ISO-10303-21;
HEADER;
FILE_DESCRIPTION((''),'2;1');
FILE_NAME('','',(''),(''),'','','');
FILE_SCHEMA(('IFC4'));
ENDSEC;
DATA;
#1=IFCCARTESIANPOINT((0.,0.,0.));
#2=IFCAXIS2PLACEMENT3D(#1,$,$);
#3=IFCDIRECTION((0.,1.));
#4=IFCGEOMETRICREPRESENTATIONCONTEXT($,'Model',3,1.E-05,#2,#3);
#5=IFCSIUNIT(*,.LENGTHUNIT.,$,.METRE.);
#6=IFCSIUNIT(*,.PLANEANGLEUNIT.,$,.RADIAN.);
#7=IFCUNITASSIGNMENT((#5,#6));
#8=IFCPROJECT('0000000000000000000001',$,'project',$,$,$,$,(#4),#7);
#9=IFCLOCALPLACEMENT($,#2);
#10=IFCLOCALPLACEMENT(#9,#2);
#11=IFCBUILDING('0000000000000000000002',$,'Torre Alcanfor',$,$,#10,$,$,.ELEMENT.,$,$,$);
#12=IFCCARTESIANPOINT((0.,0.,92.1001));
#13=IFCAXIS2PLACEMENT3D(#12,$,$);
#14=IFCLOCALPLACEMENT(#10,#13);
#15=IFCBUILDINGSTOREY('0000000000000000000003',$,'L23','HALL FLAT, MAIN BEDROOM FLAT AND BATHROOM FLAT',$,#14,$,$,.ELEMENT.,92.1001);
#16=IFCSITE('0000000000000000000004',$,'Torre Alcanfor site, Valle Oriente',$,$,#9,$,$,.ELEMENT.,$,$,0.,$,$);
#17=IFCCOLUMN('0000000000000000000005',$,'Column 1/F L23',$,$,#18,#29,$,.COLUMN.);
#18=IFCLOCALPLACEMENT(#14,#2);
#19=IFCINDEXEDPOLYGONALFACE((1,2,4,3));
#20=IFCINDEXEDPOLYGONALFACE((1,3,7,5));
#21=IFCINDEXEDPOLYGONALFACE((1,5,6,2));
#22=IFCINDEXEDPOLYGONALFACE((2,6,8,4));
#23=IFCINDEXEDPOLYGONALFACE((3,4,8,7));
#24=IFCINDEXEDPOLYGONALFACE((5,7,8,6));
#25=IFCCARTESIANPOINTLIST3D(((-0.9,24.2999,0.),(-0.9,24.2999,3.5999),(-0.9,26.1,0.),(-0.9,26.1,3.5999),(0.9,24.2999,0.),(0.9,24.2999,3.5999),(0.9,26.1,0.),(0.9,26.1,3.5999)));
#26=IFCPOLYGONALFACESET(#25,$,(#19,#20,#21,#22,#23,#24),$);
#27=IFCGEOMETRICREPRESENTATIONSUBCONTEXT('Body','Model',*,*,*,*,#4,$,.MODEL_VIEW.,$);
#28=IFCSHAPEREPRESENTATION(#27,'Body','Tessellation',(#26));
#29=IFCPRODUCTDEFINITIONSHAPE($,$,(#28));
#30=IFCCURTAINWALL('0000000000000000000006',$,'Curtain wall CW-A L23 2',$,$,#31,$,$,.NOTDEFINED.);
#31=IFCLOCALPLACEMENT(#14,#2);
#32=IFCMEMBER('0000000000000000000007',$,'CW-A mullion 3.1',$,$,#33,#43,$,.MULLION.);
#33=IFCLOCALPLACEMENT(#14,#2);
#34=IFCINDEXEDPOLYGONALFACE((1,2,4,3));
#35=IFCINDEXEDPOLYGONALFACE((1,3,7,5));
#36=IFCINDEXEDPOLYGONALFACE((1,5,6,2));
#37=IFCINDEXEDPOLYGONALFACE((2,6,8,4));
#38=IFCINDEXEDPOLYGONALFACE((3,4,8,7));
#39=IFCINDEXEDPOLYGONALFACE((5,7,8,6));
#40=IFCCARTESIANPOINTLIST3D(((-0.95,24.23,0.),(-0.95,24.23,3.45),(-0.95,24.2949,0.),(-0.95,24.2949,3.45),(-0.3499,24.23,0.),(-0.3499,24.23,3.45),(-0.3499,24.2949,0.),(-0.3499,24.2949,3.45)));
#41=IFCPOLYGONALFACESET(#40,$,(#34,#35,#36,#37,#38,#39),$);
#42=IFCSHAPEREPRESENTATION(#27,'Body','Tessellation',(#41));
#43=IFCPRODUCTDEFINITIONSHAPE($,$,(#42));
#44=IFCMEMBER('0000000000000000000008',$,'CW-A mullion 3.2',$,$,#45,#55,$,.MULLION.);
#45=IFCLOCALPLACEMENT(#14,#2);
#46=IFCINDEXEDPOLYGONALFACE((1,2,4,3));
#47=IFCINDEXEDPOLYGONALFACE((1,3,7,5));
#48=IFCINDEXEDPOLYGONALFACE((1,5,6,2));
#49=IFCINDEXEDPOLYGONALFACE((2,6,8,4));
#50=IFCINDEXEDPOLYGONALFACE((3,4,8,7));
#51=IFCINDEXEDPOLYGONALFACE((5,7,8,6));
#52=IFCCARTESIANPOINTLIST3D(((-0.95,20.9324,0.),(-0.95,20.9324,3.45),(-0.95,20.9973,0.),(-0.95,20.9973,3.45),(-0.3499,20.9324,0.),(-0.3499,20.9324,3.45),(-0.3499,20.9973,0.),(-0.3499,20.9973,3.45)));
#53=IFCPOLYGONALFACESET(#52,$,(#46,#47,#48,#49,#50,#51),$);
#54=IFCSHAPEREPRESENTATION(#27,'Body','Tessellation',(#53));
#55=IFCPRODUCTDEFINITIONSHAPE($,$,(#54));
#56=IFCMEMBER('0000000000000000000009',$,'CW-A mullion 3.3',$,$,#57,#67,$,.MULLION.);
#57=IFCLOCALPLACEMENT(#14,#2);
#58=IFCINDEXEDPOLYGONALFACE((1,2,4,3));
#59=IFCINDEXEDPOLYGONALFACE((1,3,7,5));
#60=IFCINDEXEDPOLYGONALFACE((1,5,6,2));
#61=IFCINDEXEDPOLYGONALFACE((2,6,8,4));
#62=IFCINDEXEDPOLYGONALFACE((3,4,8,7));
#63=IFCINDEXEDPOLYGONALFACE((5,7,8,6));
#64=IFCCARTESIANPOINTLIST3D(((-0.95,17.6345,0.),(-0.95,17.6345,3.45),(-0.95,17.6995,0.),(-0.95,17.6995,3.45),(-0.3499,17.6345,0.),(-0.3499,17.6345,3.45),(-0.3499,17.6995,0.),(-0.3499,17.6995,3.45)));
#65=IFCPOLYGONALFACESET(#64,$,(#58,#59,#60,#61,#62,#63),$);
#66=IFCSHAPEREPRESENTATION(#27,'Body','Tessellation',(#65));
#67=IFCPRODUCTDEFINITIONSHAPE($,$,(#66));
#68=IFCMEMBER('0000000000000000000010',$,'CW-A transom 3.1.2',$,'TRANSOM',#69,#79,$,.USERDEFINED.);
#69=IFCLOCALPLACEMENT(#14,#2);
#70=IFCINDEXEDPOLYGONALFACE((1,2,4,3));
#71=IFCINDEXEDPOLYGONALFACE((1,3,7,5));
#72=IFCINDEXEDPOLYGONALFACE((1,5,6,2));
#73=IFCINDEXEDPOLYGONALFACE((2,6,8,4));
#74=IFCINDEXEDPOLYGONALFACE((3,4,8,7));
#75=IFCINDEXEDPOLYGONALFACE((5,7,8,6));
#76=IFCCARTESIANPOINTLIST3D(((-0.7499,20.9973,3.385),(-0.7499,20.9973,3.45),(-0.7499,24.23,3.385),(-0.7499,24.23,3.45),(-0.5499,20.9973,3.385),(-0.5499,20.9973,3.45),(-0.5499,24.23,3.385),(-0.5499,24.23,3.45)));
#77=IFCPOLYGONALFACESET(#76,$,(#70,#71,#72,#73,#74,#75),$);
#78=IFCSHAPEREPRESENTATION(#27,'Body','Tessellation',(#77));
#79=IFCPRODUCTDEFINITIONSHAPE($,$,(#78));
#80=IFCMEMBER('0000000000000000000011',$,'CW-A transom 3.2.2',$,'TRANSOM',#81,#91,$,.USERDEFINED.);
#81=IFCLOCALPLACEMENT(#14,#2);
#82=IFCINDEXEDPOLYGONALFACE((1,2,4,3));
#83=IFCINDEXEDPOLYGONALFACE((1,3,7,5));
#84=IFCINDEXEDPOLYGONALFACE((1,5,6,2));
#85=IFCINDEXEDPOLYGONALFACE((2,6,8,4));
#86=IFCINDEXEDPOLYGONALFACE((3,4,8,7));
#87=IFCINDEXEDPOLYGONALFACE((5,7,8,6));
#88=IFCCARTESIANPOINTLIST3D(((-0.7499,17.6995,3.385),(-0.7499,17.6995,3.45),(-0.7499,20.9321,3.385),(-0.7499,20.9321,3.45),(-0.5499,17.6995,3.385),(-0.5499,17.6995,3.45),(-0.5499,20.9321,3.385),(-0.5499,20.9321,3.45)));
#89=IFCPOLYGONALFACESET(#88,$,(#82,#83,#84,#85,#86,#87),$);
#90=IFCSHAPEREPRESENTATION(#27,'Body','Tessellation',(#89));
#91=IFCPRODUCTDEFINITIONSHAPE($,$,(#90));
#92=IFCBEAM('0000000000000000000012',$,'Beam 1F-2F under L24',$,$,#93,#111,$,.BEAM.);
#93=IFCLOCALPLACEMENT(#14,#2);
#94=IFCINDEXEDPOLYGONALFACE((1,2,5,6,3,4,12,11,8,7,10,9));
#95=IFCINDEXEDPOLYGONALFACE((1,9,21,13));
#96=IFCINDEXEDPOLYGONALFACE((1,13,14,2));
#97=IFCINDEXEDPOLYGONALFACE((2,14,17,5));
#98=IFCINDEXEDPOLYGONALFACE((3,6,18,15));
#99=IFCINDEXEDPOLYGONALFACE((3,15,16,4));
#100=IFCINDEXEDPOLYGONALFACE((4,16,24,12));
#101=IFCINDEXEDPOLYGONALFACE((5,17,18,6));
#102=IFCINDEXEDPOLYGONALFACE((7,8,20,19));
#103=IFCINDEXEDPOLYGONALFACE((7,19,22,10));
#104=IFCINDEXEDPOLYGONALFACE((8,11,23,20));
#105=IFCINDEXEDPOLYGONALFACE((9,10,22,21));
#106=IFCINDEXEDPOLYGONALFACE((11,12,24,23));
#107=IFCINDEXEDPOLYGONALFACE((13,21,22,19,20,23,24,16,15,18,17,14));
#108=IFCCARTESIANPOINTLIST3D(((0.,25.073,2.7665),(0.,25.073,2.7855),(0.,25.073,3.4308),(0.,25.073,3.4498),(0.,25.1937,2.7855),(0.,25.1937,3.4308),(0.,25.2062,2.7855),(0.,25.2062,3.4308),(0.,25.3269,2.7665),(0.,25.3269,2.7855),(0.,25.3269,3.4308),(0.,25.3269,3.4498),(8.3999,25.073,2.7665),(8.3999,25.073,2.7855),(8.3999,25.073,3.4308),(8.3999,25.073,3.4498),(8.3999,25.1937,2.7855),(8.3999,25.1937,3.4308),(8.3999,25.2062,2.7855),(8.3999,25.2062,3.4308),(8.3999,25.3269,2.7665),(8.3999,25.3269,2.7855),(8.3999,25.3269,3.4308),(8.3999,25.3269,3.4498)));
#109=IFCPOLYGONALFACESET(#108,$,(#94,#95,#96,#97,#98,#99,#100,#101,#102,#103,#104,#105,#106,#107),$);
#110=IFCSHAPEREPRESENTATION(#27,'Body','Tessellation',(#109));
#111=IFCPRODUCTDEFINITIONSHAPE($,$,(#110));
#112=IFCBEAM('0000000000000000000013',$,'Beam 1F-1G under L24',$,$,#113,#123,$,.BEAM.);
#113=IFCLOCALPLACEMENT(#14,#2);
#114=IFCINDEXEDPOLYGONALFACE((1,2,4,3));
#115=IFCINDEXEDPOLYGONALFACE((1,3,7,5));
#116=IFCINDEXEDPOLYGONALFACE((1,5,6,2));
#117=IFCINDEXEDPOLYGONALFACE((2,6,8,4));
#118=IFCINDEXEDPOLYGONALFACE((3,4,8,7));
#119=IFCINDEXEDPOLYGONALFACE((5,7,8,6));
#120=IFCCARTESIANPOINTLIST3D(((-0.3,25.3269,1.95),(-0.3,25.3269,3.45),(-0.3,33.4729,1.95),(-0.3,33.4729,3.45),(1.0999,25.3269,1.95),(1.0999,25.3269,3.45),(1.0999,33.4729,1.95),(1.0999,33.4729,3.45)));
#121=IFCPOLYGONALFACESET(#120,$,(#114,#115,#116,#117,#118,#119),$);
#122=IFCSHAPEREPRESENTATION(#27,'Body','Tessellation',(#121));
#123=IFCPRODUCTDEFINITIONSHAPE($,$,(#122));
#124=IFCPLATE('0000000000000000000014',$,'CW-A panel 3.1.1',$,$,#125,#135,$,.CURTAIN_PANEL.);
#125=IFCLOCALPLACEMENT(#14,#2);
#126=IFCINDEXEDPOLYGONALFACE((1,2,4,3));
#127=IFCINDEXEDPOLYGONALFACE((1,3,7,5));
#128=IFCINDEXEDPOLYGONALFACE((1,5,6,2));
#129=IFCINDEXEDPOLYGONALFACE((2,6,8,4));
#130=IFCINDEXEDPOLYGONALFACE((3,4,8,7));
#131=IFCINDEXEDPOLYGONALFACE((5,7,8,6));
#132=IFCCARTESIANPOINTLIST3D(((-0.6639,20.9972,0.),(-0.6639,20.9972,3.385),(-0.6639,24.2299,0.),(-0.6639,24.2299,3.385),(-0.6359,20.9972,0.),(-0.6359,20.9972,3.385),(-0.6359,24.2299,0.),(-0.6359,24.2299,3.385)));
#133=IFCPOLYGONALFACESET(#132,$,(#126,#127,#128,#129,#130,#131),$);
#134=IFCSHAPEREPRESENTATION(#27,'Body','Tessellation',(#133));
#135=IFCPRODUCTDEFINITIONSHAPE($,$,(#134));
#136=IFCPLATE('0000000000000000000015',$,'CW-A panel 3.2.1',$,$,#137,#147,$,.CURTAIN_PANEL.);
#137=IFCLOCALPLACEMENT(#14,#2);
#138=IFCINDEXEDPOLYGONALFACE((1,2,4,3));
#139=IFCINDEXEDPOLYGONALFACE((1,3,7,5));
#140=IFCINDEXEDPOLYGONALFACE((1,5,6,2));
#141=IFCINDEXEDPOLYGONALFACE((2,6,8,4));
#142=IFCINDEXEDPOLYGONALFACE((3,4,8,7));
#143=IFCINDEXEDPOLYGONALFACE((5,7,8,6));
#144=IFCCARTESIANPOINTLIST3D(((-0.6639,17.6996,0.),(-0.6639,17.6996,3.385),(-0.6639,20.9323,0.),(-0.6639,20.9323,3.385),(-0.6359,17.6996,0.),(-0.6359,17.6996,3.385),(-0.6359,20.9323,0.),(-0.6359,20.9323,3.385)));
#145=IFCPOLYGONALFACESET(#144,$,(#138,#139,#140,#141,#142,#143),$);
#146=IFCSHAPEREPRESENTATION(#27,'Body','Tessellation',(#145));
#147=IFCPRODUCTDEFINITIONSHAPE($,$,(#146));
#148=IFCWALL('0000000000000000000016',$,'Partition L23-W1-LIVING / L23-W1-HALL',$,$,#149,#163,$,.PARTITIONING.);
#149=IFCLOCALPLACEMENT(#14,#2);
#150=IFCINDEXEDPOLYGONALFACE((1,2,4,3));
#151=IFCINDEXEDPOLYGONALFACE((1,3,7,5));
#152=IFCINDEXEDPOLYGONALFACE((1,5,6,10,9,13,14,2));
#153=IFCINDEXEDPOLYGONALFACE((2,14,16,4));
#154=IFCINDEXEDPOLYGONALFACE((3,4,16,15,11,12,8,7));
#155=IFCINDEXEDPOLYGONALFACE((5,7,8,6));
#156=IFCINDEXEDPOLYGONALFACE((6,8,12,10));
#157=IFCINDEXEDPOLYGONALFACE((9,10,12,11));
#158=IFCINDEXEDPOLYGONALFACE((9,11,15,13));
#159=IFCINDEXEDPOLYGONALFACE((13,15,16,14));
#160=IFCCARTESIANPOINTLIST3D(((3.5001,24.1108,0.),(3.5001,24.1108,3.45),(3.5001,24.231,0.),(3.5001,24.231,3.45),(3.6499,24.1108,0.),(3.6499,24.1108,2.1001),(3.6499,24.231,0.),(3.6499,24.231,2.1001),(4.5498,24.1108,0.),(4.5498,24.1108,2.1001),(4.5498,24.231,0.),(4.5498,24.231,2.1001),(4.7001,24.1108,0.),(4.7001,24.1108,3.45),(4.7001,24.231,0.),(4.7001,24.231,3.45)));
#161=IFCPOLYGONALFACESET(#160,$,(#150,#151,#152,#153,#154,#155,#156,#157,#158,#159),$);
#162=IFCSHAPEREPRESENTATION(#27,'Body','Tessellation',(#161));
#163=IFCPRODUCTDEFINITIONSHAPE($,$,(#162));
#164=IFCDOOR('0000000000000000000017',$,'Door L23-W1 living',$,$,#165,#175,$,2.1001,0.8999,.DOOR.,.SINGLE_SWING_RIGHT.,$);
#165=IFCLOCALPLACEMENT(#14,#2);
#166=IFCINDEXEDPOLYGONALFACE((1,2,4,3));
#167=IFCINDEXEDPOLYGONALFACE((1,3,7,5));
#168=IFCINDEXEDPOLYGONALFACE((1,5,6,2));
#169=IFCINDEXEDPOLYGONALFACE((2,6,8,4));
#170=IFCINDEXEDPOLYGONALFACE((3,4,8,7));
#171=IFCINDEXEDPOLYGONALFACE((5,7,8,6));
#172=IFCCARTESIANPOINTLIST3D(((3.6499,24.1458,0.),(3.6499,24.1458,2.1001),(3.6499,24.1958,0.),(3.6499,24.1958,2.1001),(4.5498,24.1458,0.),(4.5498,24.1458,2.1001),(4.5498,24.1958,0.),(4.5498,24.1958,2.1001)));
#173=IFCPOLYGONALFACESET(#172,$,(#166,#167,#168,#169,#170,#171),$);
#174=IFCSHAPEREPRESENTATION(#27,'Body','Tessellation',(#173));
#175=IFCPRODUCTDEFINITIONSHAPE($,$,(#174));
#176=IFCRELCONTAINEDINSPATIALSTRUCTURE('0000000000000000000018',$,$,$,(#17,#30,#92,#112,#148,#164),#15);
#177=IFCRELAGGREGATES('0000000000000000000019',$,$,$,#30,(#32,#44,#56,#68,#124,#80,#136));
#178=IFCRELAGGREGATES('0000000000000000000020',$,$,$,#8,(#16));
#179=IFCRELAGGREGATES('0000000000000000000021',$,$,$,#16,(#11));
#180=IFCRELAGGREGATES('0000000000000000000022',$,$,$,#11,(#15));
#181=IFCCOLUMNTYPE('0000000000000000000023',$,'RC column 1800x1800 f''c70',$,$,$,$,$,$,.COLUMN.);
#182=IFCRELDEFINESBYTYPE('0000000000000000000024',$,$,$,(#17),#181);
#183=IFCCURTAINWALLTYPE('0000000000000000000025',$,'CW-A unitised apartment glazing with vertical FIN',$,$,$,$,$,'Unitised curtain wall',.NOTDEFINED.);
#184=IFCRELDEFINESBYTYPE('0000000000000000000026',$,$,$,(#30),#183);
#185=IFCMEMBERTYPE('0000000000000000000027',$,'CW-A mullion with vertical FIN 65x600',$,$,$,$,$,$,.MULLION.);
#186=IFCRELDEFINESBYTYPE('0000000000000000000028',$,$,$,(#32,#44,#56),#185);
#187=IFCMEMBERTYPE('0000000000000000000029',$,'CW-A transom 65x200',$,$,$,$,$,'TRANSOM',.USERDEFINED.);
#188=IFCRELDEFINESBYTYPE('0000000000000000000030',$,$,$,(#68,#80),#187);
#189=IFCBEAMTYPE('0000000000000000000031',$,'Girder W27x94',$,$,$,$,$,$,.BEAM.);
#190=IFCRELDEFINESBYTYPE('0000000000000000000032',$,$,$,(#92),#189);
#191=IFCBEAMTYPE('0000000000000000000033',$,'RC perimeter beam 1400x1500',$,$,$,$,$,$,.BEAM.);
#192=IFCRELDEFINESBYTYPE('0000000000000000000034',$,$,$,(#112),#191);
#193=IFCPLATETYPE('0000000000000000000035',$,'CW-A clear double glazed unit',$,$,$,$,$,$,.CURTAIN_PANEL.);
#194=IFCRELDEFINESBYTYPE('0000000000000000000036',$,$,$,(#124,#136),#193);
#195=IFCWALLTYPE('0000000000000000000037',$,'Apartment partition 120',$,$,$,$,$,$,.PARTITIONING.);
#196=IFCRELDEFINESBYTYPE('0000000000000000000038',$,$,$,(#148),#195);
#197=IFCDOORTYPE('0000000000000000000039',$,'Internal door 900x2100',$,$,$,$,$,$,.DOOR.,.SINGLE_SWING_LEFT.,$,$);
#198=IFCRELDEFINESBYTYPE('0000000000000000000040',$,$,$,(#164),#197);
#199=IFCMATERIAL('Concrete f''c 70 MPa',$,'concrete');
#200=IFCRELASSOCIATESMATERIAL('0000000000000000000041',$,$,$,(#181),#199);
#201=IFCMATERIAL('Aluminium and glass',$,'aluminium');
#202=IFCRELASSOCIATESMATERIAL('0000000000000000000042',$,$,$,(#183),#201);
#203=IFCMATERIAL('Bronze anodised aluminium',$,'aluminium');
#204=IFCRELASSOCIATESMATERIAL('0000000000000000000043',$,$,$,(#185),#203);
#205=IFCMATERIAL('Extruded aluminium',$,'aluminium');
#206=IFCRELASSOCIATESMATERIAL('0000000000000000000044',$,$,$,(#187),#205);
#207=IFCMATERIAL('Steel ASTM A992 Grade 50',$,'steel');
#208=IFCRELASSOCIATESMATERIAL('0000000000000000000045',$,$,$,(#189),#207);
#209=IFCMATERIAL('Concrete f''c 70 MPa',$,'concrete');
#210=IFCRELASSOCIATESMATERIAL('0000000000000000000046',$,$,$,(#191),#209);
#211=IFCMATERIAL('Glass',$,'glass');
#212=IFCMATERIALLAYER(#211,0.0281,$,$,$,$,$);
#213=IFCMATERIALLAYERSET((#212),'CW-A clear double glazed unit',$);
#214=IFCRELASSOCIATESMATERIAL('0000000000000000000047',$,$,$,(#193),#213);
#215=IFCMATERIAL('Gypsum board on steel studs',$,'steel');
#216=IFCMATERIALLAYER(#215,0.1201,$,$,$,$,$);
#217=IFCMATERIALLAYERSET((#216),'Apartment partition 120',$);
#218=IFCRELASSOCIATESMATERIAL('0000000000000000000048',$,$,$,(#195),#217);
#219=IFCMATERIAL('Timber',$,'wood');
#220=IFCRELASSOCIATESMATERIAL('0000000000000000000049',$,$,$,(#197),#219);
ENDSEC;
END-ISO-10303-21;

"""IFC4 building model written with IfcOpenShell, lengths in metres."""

from ifc_helpers import new_model, si_unit, direction, frame, frame_2d, origin, origin_2d, place, context, subcontext, project, spatial, rectangle, i_section, extrude, material, layer, layer_set, material_profile, profile_set, type_object, element, fill, aggregate, save


model = new_model("IFC4")

# Units and contexts
model_context = context("Model", 3, precision=1e-05, world=origin(), true_north=direction((0.0, 1.0)))
body_context = subcontext(model_context, "Body", "Model", "MODEL_VIEW")
ifc_project = project(units=[si_unit("LENGTHUNIT", "METRE"), si_unit("PLANEANGLEUNIT", "RADIAN")], contexts=[model_context])

# Site, building, storey
site_placement = place(None, origin())
site = spatial("IfcSite", under=ifc_project, at=site_placement, Name="Torre Alcanfor site, Valle Oriente", CompositionType="ELEMENT", RefElevation=0.0)
building_placement = place(site_placement, origin())
building = spatial("IfcBuilding", under=site, at=building_placement, Name="Torre Alcanfor", CompositionType="ELEMENT")
storey_placement = place(building_placement, frame((0.0, 0.0, 92.1001)))
storey = spatial("IfcBuildingStorey", under=building, at=storey_placement, Name="L23", Description="HALL FLAT, MAIN BEDROOM FLAT AND BATHROOM FLAT", CompositionType="ELEMENT", Elevation=92.1001)

# Column
ifc_material_1 = material(Name="Concrete f'c 70 MPa", Category="concrete")
ifc_material_profile_1 = material_profile(ifc_material_1, rectangle(XDim=1.8, YDim=1.8, at=origin_2d()), Name="1800x1800")
ifc_profile_set_1 = profile_set([ifc_material_profile_1], Name="Concrete f'c 70 MPa")
column_type = type_object("IfcColumnType", Name="RC column 1800x1800 f'c70", PredefinedType="COLUMN", material=ifc_profile_set_1)
column_placement = place(storey_placement, frame((0.0, 25.2, 0.0), z_axis=(0.0, 0.0, 1.0), x_axis=(1.0, 0.0, 0.0)))
element("IfcColumn", 1, at=column_placement, inside=storey, type_object=column_type, Name="Column 1/F L23", PredefinedType="COLUMN", context=body_context, shape_type="SweptSolid", body=[
    extrude(rectangle(XDim=1.8, YDim=1.8, at=origin_2d()), origin(), (0.0, 0.0, 1.0), 3.5999),
])

# Curtain wall, members
ifc_material_2 = material(Name="Aluminium and glass", Category="aluminium")
curtain_wall_type = type_object("IfcCurtainWallType", Name="CW-A unitised apartment glazing with vertical FIN", ElementType="Unitised curtain wall", PredefinedType="NOTDEFINED", material=ifc_material_2)
curtain_wall_placement = place(storey_placement, origin())
curtain_wall = element("IfcCurtainWall", 2, at=curtain_wall_placement, inside=storey, type_object=curtain_wall_type, Name="Curtain wall CW-A L23 2", PredefinedType="NOTDEFINED")
ifc_material_3 = material(Name="Bronze anodised aluminium", Category="aluminium")
ifc_material_profile_2 = material_profile(ifc_material_3, rectangle(XDim=0.6001, YDim=0.0649, at=origin_2d()), Name="CW-A mullion 65x600")
ifc_profile_set_2 = profile_set([ifc_material_profile_2], Name="Bronze anodised aluminium")
member_type_1 = type_object("IfcMemberType", Name="CW-A mullion with vertical FIN 65x600", PredefinedType="MULLION", material=ifc_profile_set_2)
member_1_placement = place(storey_placement, frame((-0.6499, 24.2625, 0.0), z_axis=(0.0, 0.0, 1.0), x_axis=(1.0, 0.0, 0.0)))
member_1 = element("IfcMember", 3, at=member_1_placement, type_object=member_type_1, Name="CW-A mullion 3.1", PredefinedType="MULLION", context=body_context, shape_type="SweptSolid", body=[
    extrude(rectangle(XDim=0.6001, YDim=0.0649, at=origin_2d()), origin(), (0.0, 0.0, 1.0), 3.45),
])
member_2_placement = place(storey_placement, frame((-0.6499, 20.9648, 0.0), z_axis=(0.0, 0.0, 1.0), x_axis=(1.0, 0.0, 0.0)))
member_2 = element("IfcMember", 4, at=member_2_placement, type_object=member_type_1, Name="CW-A mullion 3.2", PredefinedType="MULLION", context=body_context, shape_type="SweptSolid", body=[
    extrude(rectangle(XDim=0.6001, YDim=0.0649, at=origin_2d()), origin(), (0.0, 0.0, 1.0), 3.45),
])
member_3_placement = place(storey_placement, frame((-0.6499, 17.667, 0.0), z_axis=(0.0, 0.0, 1.0), x_axis=(1.0, 0.0, 0.0)))
member_3 = element("IfcMember", 5, at=member_3_placement, type_object=member_type_1, Name="CW-A mullion 3.3", PredefinedType="MULLION", context=body_context, shape_type="SweptSolid", body=[
    extrude(rectangle(XDim=0.6001, YDim=0.0649, at=origin_2d()), origin(), (0.0, 0.0, 1.0), 3.45),
])
ifc_material_4 = material(Name="Extruded aluminium", Category="aluminium")
ifc_material_profile_3 = material_profile(ifc_material_4, rectangle(XDim=0.2, YDim=0.0649, at=origin_2d()), Name="CW-A transom 200x65")
ifc_profile_set_3 = profile_set([ifc_material_profile_3], Name="Extruded aluminium")
member_type_2 = type_object("IfcMemberType", Name="CW-A transom 65x200", ElementType="TRANSOM", PredefinedType="USERDEFINED", material=ifc_profile_set_3)
member_4_placement = place(storey_placement, frame((-0.6499, 24.23, 3.4175), z_axis=(0.0, -1.0, 0.0), x_axis=(1.0, 0.0, 0.0)))
member_4 = element("IfcMember", 6, at=member_4_placement, type_object=member_type_2, Name="CW-A transom 3.1.2", ObjectType="TRANSOM", PredefinedType="USERDEFINED", context=body_context, shape_type="SweptSolid", body=[
    extrude(rectangle(XDim=0.2, YDim=0.0649, at=origin_2d()), origin(), (0.0, 0.0, 1.0), 3.2327),
])
member_5_placement = place(storey_placement, frame((-0.6499, 20.9321, 3.4175), z_axis=(0.0, -1.0, 0.0), x_axis=(1.0, 0.0, 0.0)))
member_5 = element("IfcMember", 7, at=member_5_placement, type_object=member_type_2, Name="CW-A transom 3.2.2", ObjectType="TRANSOM", PredefinedType="USERDEFINED", context=body_context, shape_type="SweptSolid", body=[
    extrude(rectangle(XDim=0.2, YDim=0.0649, at=origin_2d()), origin(), (0.0, 0.0, 1.0), 3.2327),
])

# Beams
ifc_material_5 = material(Name="Steel ASTM A992 Grade 50", Category="steel")
ifc_material_profile_4 = material_profile(ifc_material_5, i_section(OverallWidth=0.2539, OverallDepth=0.6833, WebThickness=0.0125, FlangeThickness=0.019, at=origin_2d()), Name="W27x94")
ifc_profile_set_4 = profile_set([ifc_material_profile_4], Name="Steel ASTM A992 Grade 50")
beam_type_1 = type_object("IfcBeamType", Name="Girder W27x94", PredefinedType="BEAM", material=ifc_profile_set_4)
beam_1_placement = place(storey_placement, frame((0.0, 25.2, 3.1082), z_axis=(1.0, 0.0, 0.0), x_axis=(0.0, 1.0, 0.0)))
element("IfcBeam", 8, at=beam_1_placement, inside=storey, type_object=beam_type_1, Name="Beam 1F-2F under L24", PredefinedType="BEAM", context=body_context, shape_type="SweptSolid", body=[
    extrude(i_section(OverallWidth=0.2539, OverallDepth=0.6833, WebThickness=0.0125, FlangeThickness=0.019, at=origin_2d()), origin(), (0.0, 0.0, 1.0), 8.3999),
])
ifc_material_6 = material(Name="Concrete f'c 70 MPa", Category="concrete")
ifc_material_profile_5 = material_profile(ifc_material_6, rectangle(XDim=1.3999, YDim=1.5, at=origin_2d()), Name="1400x1500")
ifc_profile_set_5 = profile_set([ifc_material_profile_5], Name="Concrete f'c 70 MPa")
beam_type_2 = type_object("IfcBeamType", Name="RC perimeter beam 1400x1500", PredefinedType="BEAM", material=ifc_profile_set_5)
beam_2_placement = place(storey_placement, frame((0.3999, 25.3269, 2.7), z_axis=(0.0, 1.0, 0.0), x_axis=(-1.0, 0.0, 0.0)))
element("IfcBeam", 9, at=beam_2_placement, inside=storey, type_object=beam_type_2, Name="Beam 1F-1G under L24", PredefinedType="BEAM", context=body_context, shape_type="SweptSolid", body=[
    extrude(rectangle(XDim=1.3999, YDim=1.5, at=origin_2d()), origin(), (0.0, 0.0, 1.0), 8.146),
])

# Plates
ifc_material_7 = material(Name="Glass", Category="glass")
ifc_layer_1 = layer(ifc_material_7, 0.0281)
ifc_layer_set_1 = layer_set([ifc_layer_1], Name="CW-A clear double glazed unit")
plate_type = type_object("IfcPlateType", Name="CW-A clear double glazed unit", PredefinedType="CURTAIN_PANEL", material=ifc_layer_set_1)
plate_1_placement = place(storey_placement, frame((-0.6499, 22.6135, 0.0), z_axis=(0.0, 0.0, 1.0), x_axis=(0.0, -1.0, 0.0)))
plate_1 = element("IfcPlate", 10, at=plate_1_placement, type_object=plate_type, Name="CW-A panel 3.1.1", PredefinedType="CURTAIN_PANEL", context=body_context, shape_type="SweptSolid", body=[
    extrude(rectangle(XDim=3.2327, YDim=0.0281, at=origin_2d()), origin(), (0.0, 0.0, 1.0), 3.385),
])
plate_2_placement = place(storey_placement, frame((-0.6499, 19.3159, 0.0), z_axis=(0.0, 0.0, 1.0), x_axis=(0.0, -1.0, 0.0)))
plate_2 = element("IfcPlate", 11, at=plate_2_placement, type_object=plate_type, Name="CW-A panel 3.2.1", PredefinedType="CURTAIN_PANEL", context=body_context, shape_type="SweptSolid", body=[
    extrude(rectangle(XDim=3.2327, YDim=0.0281, at=origin_2d()), origin(), (0.0, 0.0, 1.0), 3.385),
])
aggregate(curtain_wall, [member_1, member_2, member_3, member_4, plate_1, member_5, plate_2])

# Wall, opening, door
ifc_material_8 = material(Name="Gypsum board on steel studs", Category="steel")
ifc_layer_2 = layer(ifc_material_8, 0.1201)
ifc_layer_set_2 = layer_set([ifc_layer_2], Name="Apartment partition 120")
wall_type = type_object("IfcWallType", Name="Apartment partition 120", PredefinedType="PARTITIONING", material=ifc_layer_set_2)
wall_1_placement = place(storey_placement, frame((3.5, 24.1709, 0.0), z_axis=(0.0, 0.0, 1.0), x_axis=(1.0, 0.0, 0.0)))
wall_1 = element("IfcWall", 12, at=wall_1_placement, inside=storey, type_object=wall_type, Name="Partition L23-W1-LIVING / L23-W1-HALL", PredefinedType="PARTITIONING", context=body_context, shape_type="SweptSolid", body=[
    extrude(rectangle(XDim=1.2, YDim=0.1201, at=frame_2d((0.6001, 0.0))), origin(), (0.0, 0.0, 1.0), 3.45),
])
opening_1_placement = place(wall_1_placement, frame((0.1499, 0.0, 0.0)))
opening_1 = element("IfcOpeningElement", 13, at=opening_1_placement, cuts=wall_1, PredefinedType="OPENING", context=body_context, shape_type="SweptSolid", body=[
    extrude(rectangle(XDim=0.8999, YDim=2.1001, at=frame_2d((0.45, 1.05))), frame((0.0, 0.0701, 0.0), z_axis=(0.0, -1.0, 0.0), x_axis=(1.0, 0.0, 0.0)), (0.0, 0.0, 1.0), 0.1401),
])
ifc_material_9 = material(Name="Timber", Category="wood")
door_type = type_object("IfcDoorType", Name="Internal door 900x2100", OperationType="SINGLE_SWING_LEFT", PredefinedType="DOOR", material=ifc_material_9)
door_1_placement = place(opening_1_placement, origin())
door_1 = element("IfcDoor", 14, at=door_1_placement, inside=storey, type_object=door_type, Name="Door L23-W1 living", OperationType="SINGLE_SWING_RIGHT", OverallHeight=2.1001, OverallWidth=0.8999, PredefinedType="DOOR", context=body_context, shape_type="SweptSolid", body=[
    extrude(rectangle(XDim=0.8999, YDim=2.1001, at=frame_2d((0.45, 1.05))), frame((0.0, 0.0249, 0.0), z_axis=(0.0, -1.0, 0.0), x_axis=(1.0, 0.0, 0.0)), (0.0, 0.0, 1.0), 0.05),
])
fill(opening_1, door_1)

save(model, "model.ifc")
